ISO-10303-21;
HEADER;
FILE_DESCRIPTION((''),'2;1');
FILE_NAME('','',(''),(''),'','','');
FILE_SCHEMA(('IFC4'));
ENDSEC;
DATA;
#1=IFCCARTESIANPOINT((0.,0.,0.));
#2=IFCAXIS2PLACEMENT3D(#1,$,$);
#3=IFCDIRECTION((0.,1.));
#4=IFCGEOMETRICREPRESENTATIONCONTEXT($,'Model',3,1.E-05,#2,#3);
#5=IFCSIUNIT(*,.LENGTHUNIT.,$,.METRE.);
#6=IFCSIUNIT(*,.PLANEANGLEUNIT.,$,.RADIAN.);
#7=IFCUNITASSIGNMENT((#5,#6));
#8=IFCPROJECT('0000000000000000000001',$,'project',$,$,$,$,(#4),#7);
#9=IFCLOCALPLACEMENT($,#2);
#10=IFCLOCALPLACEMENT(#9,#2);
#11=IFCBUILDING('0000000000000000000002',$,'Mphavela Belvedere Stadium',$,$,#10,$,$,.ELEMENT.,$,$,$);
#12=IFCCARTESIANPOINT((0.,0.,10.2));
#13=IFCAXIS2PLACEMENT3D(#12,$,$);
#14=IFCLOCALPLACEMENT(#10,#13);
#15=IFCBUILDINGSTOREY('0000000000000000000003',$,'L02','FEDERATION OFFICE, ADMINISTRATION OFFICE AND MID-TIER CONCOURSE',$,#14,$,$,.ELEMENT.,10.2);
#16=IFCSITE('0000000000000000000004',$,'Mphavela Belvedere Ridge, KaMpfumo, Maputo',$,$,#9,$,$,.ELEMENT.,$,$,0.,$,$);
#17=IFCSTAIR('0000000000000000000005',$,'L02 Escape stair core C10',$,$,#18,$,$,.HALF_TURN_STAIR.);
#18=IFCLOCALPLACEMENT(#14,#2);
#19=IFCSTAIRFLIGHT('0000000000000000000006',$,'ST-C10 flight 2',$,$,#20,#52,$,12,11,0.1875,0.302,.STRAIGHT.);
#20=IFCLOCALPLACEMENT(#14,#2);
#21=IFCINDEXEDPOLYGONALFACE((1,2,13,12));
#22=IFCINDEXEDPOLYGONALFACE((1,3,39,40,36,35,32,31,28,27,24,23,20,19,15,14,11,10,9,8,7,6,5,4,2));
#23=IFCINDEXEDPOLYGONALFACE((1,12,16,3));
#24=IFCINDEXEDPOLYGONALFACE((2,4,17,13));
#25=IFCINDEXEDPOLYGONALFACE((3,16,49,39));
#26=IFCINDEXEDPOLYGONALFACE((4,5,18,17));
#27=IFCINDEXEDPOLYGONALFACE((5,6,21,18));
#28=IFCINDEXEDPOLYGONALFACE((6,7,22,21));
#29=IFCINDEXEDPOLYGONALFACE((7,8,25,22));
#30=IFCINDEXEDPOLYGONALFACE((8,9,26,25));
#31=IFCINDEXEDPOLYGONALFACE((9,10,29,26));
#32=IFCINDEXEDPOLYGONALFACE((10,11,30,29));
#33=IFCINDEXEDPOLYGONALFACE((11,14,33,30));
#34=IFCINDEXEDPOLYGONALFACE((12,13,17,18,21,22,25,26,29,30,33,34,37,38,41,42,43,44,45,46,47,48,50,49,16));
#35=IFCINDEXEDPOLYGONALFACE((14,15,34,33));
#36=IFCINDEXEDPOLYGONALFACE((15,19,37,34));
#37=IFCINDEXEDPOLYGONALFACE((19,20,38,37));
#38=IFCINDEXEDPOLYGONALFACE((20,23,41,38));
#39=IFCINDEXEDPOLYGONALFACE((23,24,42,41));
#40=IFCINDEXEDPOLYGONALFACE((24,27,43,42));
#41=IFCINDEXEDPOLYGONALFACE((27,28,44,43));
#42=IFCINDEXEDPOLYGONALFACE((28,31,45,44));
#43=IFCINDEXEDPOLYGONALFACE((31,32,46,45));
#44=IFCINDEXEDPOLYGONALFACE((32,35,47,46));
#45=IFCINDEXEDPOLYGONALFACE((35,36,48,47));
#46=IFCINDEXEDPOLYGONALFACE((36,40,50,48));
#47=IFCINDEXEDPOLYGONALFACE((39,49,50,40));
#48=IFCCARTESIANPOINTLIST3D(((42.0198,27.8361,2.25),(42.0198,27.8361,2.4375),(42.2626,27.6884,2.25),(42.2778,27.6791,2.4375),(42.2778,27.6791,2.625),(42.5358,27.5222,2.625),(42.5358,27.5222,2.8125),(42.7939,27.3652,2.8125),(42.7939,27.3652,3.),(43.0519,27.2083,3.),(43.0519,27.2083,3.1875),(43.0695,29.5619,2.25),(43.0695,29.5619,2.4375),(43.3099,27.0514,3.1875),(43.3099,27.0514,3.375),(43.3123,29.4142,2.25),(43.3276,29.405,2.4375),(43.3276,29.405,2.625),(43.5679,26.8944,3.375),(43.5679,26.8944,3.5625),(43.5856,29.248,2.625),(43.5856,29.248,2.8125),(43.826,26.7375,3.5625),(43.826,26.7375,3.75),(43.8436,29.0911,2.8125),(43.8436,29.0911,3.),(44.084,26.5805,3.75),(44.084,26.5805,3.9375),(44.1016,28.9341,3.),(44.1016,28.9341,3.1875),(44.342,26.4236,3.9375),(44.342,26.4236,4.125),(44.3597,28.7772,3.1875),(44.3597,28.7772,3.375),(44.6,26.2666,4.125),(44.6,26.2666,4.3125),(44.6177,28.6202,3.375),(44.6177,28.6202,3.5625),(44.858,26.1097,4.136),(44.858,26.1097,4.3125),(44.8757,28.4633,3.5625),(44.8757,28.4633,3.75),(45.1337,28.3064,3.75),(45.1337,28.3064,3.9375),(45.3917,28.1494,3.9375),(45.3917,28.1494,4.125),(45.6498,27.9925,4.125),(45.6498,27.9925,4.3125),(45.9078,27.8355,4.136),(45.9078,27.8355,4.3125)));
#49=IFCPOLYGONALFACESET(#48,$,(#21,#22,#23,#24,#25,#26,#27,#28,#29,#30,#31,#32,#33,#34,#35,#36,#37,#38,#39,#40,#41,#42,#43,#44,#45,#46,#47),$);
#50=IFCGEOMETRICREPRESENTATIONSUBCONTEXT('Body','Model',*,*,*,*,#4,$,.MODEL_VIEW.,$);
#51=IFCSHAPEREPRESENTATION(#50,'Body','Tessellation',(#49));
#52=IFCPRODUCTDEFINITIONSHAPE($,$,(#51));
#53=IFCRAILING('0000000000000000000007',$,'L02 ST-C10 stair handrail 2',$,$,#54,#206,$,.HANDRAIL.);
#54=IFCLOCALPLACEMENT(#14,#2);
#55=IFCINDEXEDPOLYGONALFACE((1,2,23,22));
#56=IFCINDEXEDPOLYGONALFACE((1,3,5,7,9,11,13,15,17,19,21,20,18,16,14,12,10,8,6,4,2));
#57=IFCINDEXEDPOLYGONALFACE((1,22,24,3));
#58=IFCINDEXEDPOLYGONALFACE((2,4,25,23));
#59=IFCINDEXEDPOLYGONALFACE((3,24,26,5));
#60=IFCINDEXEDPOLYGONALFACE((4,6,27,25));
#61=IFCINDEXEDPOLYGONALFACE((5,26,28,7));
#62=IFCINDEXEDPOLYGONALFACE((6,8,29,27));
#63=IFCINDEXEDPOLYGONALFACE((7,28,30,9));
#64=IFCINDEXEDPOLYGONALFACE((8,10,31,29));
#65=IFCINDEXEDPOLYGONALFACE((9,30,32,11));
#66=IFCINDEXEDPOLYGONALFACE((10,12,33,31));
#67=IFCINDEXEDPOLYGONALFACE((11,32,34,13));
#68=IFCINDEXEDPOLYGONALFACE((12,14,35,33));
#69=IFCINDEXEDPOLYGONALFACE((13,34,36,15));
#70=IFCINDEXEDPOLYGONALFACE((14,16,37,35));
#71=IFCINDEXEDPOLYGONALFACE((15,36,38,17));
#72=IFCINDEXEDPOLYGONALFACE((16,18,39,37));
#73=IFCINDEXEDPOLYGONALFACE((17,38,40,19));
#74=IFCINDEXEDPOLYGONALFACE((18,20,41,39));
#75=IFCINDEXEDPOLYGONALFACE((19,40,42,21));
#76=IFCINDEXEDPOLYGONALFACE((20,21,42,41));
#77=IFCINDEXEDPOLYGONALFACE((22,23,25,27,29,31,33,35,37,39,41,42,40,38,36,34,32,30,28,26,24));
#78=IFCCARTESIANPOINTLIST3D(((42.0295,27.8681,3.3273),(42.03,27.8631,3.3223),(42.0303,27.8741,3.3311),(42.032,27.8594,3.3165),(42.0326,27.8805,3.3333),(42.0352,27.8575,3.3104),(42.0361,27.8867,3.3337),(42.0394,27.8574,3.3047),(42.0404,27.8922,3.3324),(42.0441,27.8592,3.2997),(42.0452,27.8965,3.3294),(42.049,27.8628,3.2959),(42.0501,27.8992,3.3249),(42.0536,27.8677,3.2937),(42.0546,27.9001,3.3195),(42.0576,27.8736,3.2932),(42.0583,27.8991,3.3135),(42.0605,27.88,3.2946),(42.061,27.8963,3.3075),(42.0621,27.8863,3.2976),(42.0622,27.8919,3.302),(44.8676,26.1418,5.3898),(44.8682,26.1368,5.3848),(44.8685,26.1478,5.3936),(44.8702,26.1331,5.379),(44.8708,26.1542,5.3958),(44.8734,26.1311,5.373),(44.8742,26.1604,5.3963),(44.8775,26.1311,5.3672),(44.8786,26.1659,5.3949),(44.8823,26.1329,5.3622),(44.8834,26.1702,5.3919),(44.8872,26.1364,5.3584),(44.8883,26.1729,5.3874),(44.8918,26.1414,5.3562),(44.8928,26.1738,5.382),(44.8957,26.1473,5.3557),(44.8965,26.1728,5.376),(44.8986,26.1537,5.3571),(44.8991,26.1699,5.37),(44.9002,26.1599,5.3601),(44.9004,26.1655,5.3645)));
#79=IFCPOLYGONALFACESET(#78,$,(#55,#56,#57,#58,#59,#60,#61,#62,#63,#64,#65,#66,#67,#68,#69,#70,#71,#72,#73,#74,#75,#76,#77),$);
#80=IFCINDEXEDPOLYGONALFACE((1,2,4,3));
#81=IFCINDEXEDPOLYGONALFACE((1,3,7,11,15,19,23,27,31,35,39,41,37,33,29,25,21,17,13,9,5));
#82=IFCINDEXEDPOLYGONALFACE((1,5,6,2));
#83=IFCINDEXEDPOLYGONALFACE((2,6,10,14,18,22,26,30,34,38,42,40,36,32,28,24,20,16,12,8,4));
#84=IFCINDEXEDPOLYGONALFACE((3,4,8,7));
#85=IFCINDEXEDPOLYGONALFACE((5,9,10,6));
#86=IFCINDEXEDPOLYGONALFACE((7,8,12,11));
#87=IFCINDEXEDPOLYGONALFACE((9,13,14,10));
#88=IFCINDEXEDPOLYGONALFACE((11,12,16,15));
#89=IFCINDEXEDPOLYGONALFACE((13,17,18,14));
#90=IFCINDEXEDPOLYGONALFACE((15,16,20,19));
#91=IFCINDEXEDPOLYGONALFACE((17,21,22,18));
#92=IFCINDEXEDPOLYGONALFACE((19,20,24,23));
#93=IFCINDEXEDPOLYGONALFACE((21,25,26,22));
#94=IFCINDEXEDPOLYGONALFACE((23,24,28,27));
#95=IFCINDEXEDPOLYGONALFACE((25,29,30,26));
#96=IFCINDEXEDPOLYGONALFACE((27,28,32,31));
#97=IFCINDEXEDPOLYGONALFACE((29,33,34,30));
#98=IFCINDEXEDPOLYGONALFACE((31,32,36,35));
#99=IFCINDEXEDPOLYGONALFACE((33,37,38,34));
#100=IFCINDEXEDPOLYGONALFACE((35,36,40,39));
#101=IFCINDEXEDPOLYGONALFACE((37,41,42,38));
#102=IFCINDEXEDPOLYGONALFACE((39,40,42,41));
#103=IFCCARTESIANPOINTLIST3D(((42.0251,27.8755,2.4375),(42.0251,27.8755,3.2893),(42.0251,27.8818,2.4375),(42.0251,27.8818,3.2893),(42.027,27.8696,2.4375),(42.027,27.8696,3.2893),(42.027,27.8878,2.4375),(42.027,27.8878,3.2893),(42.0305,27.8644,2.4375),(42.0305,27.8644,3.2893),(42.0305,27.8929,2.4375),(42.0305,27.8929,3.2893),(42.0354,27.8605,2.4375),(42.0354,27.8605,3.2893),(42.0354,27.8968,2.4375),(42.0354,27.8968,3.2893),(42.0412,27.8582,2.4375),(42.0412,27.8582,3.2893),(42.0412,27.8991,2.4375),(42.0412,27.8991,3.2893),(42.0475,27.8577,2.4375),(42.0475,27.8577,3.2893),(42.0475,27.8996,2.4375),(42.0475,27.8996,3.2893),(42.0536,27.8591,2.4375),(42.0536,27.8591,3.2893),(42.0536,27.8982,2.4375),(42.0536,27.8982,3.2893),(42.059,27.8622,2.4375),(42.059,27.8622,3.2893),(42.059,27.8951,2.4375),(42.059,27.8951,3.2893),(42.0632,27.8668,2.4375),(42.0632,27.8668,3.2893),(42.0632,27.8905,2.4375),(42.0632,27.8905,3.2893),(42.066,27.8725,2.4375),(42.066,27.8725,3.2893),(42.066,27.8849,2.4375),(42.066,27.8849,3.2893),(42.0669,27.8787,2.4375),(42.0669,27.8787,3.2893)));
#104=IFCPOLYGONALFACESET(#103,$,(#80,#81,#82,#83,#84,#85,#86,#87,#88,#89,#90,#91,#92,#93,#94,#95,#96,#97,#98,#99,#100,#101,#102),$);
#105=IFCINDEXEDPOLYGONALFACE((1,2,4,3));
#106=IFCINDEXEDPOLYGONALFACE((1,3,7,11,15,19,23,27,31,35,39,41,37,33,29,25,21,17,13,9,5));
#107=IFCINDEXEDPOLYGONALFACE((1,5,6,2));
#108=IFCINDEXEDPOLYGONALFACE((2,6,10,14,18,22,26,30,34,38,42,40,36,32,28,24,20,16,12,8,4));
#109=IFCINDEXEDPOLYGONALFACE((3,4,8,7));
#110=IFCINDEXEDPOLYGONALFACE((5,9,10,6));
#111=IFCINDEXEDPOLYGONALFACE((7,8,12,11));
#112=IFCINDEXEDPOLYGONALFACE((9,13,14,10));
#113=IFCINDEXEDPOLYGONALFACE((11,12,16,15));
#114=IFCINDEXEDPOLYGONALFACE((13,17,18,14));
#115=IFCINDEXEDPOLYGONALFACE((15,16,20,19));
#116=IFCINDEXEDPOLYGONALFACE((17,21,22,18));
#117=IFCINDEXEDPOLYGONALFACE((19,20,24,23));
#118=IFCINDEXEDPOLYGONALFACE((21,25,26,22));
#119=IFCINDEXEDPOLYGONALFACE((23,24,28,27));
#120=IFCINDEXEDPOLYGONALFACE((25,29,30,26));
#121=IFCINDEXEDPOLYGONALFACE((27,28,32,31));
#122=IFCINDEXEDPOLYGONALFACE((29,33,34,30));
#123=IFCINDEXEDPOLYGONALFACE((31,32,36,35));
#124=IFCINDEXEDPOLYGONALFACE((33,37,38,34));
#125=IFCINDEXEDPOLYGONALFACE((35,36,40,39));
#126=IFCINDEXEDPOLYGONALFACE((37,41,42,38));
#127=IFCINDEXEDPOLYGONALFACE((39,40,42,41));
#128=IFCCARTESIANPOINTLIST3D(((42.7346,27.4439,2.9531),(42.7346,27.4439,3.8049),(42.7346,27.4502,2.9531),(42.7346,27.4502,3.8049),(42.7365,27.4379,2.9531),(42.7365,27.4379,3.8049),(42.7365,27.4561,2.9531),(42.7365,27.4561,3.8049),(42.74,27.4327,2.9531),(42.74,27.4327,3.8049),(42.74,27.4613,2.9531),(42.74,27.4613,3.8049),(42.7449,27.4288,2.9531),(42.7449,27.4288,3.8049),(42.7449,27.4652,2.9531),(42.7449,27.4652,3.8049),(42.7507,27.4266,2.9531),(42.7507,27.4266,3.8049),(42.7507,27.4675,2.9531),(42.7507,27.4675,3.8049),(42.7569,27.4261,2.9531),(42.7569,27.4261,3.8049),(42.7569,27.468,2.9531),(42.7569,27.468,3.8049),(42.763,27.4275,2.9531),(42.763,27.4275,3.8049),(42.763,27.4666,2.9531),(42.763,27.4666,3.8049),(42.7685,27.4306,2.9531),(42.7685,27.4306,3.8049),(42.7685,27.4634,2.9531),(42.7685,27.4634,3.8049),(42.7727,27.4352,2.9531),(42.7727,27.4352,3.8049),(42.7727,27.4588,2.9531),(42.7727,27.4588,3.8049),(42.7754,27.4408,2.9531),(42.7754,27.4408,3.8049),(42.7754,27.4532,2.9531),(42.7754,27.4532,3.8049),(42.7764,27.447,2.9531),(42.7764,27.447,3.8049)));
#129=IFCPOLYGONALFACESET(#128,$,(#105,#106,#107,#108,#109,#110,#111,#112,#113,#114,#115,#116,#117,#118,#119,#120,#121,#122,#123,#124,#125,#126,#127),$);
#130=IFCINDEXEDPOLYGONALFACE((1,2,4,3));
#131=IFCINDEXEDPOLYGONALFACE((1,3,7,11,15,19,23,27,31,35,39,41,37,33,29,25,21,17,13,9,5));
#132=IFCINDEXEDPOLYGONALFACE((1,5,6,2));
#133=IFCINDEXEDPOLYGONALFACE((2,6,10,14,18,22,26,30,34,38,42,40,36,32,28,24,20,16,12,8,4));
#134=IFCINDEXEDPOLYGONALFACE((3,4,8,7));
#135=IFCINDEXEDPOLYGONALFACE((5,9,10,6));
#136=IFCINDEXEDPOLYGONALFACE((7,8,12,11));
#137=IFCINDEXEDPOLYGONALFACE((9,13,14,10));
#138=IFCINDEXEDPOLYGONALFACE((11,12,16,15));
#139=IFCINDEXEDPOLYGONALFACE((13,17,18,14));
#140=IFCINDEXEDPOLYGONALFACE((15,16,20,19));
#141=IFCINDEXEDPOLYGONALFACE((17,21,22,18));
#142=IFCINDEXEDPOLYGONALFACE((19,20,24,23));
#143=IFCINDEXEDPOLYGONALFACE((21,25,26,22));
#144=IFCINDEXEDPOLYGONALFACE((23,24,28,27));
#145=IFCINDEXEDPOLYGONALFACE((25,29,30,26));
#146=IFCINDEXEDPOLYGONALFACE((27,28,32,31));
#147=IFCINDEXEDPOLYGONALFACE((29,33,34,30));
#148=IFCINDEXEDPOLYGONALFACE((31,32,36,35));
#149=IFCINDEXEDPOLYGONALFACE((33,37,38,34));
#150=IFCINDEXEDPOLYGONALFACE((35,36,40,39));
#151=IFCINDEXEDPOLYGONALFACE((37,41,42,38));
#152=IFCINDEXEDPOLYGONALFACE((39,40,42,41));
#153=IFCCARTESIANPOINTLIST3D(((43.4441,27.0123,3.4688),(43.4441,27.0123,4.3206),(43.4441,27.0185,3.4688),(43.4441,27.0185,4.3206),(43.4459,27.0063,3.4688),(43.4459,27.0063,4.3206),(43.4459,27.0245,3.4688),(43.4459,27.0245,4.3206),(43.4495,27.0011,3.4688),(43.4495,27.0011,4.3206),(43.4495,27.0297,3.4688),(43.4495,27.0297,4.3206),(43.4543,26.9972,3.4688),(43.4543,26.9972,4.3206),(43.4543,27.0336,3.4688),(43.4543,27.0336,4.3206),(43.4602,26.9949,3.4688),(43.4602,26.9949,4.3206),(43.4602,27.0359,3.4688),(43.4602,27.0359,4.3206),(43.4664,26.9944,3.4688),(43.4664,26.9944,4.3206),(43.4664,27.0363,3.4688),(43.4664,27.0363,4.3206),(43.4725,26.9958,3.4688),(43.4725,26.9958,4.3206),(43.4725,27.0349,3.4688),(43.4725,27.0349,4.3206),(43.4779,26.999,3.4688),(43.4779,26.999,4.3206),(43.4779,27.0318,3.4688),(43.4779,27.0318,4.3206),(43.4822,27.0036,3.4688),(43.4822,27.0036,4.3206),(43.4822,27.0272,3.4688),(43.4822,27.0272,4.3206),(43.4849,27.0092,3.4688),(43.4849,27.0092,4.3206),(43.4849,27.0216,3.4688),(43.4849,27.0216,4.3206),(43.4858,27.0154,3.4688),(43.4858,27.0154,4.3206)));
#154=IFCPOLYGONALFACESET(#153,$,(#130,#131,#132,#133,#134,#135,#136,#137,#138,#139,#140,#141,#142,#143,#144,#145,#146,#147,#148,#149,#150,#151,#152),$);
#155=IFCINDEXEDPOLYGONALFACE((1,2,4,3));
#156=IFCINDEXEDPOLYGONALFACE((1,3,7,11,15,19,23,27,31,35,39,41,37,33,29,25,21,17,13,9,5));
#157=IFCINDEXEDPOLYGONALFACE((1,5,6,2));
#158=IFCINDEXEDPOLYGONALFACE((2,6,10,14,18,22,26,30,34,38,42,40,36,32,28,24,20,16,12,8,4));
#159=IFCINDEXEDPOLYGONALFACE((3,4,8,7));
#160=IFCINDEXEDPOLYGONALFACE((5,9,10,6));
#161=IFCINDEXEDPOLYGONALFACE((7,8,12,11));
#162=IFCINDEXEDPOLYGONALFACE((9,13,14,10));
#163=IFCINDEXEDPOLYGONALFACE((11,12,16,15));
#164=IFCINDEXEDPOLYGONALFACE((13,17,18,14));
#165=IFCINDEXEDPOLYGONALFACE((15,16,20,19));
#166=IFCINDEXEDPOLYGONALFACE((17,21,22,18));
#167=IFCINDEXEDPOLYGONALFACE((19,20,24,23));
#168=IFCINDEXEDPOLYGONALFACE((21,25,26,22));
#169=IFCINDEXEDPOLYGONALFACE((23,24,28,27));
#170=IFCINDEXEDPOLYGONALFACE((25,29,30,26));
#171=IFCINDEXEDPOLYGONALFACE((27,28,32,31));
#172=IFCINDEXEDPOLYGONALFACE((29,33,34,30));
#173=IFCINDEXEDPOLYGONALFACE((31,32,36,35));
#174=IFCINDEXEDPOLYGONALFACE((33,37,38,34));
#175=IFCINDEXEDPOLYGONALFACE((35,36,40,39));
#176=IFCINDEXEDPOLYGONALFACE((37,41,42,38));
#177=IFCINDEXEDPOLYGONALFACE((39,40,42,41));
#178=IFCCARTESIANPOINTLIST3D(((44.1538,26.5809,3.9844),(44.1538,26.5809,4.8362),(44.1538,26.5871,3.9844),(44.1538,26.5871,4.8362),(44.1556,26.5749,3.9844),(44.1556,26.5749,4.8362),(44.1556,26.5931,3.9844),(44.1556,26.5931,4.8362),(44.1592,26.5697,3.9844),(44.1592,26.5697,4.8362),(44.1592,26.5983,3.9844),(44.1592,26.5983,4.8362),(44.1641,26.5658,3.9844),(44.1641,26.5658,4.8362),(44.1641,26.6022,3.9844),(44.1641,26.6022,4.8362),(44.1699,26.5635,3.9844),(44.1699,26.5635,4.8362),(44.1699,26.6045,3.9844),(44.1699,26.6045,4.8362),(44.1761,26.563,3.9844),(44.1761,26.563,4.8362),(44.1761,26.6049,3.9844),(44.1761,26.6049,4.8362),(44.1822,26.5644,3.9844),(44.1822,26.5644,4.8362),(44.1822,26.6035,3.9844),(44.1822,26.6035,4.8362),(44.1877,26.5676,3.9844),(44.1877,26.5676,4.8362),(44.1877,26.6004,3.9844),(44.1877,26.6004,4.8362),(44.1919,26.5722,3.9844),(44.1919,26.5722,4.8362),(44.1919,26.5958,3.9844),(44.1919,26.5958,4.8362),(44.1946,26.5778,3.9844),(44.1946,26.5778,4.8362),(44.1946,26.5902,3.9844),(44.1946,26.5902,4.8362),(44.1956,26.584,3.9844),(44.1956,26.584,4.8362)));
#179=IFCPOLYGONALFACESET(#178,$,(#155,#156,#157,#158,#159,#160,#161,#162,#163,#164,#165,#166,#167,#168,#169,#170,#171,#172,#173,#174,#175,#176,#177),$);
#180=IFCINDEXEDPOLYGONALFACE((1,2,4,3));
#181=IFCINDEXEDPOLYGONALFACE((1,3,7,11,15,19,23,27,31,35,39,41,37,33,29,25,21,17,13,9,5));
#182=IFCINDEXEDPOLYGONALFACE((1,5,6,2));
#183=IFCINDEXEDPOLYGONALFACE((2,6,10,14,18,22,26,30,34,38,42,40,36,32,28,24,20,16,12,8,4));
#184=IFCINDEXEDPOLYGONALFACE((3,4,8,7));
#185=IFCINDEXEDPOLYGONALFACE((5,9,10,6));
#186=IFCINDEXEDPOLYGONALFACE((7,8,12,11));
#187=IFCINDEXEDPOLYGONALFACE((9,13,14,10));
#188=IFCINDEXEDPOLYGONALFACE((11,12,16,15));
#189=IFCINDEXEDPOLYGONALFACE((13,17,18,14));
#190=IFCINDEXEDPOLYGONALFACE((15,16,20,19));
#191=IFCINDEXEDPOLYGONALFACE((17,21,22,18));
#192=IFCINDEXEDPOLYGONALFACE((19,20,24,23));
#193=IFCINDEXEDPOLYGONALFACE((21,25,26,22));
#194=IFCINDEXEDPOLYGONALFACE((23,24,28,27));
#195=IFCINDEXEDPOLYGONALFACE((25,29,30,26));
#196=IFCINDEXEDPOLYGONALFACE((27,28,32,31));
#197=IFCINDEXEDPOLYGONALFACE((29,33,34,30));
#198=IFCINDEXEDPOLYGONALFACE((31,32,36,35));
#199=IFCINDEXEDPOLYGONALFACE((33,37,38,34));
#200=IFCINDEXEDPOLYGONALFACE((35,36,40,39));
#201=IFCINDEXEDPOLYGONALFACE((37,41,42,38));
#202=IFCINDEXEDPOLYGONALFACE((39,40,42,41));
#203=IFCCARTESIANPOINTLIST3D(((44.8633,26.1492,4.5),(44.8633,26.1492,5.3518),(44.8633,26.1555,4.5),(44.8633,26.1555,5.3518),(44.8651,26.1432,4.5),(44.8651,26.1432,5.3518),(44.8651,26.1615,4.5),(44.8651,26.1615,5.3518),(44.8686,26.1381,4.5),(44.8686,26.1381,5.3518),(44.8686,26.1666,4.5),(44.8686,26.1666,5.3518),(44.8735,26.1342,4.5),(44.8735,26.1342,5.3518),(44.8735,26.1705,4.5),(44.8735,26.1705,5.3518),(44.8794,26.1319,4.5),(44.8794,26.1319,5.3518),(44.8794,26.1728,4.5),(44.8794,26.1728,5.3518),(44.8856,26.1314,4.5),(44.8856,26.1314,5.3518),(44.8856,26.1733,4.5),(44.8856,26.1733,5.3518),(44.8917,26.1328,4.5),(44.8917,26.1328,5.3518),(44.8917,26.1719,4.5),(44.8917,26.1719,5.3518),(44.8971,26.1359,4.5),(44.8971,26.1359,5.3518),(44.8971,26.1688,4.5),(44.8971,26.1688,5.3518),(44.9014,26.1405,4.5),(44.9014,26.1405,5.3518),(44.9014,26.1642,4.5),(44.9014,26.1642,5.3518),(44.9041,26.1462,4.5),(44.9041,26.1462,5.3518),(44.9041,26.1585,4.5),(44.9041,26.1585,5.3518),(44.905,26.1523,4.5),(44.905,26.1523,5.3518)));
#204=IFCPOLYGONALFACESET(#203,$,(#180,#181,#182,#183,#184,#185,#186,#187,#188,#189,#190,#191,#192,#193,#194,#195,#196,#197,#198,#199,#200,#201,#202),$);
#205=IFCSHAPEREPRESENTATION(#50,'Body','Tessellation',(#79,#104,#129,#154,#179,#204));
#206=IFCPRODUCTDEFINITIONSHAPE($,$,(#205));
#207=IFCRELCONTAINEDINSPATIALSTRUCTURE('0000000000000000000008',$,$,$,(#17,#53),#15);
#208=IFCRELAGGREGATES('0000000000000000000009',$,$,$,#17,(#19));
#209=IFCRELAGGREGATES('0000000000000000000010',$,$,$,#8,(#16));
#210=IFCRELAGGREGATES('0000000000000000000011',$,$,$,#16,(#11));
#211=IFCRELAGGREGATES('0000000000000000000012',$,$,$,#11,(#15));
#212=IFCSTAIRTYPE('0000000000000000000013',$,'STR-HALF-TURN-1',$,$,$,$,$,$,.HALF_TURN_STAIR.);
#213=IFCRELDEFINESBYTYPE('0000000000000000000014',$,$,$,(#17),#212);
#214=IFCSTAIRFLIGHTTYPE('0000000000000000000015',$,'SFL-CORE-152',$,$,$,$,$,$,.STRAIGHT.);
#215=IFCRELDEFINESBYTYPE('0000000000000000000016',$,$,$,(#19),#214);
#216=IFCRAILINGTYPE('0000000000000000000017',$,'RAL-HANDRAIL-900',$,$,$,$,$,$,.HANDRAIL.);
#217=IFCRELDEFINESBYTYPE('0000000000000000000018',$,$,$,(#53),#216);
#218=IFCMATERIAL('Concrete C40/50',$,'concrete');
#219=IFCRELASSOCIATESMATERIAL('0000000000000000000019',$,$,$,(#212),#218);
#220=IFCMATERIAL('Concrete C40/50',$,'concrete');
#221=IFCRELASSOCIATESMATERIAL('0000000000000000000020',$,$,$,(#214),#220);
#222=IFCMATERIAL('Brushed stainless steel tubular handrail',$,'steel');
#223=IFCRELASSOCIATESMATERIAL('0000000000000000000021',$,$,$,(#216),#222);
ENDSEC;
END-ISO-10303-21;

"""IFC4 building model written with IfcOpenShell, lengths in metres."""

from ifc_helpers import new_model, si_unit, direction, frame, origin, origin_2d, place, context, subcontext, project, spatial, polyline, circle, outline, extrude, material, type_object, element, aggregate, save


model = new_model("IFC4")

# Units and contexts
model_context = context("Model", 3, precision=1e-05, world=origin(), true_north=direction((0.0, 1.0)))
body_context = subcontext(model_context, "Body", "Model", "MODEL_VIEW")
ifc_project = project(units=[si_unit("LENGTHUNIT", "METRE"), si_unit("PLANEANGLEUNIT", "RADIAN")], contexts=[model_context])

# Site, building, storey
site_placement = place(None, origin())
site = spatial("IfcSite", under=ifc_project, at=site_placement, Name="Mphavela Belvedere Ridge, KaMpfumo, Maputo", CompositionType="ELEMENT", RefElevation=0.0)
building_placement = place(site_placement, origin())
building = spatial("IfcBuilding", under=site, at=building_placement, Name="Mphavela Belvedere Stadium", CompositionType="ELEMENT")
storey_placement = place(building_placement, frame((0.0, 0.0, 10.2)))
storey = spatial("IfcBuildingStorey", under=building, at=storey_placement, Name="L02", Description="FEDERATION OFFICE, ADMINISTRATION OFFICE AND MID-TIER CONCOURSE", CompositionType="ELEMENT", Elevation=10.2)

# Stair, stair flight
ifc_material_1 = material(Name="Concrete C40/50", Category="concrete")
stair_type = type_object("IfcStairType", Name="STR-HALF-TURN-1", PredefinedType="HALF_TURN_STAIR", material=ifc_material_1)
stair_placement = place(storey_placement, origin())
stair = element("IfcStair", 1, at=stair_placement, inside=storey, type_object=stair_type, Name="L02 Escape stair core C10", PredefinedType="HALF_TURN_STAIR")
ifc_material_2 = material(Name="Concrete C40/50", Category="concrete")
stair_flight_type = type_object("IfcStairFlightType", Name="SFL-CORE-152", PredefinedType="STRAIGHT", material=ifc_material_2)
stair_flight_placement = place(storey_placement, frame((42.5447, 28.699, 2.25), z_axis=(0.0, 0.0, 1.0), x_axis=(0.854368, -0.519668, 0.0)))
stair_flight = element("IfcStairFlight", 2, at=stair_flight_placement, type_object=stair_flight_type, Name="ST-C10 flight 2", NumberOfRisers=12, NumberOfTreads=11, PredefinedType="STRAIGHT", RiserHeight=0.1875, TreadLength=0.302, context=body_context, shape_type="SweptSolid", body=[
    extrude(outline(polyline([(0.0, 0.0), (0.0, 0.1875), (0.302, 0.1875), (0.302, 0.375), (0.604, 0.375), (0.604, 0.5625), (0.906, 0.5625), (0.906, 0.75), (1.208, 0.75), (1.208, 0.9375), (1.51, 0.9375), (1.51, 1.125), (1.812, 1.125), (1.812, 1.3125), (2.114, 1.3125), (2.114, 1.5), (2.416, 1.5), (2.416, 1.6875), (2.718, 1.6875), (2.718, 1.875), (3.02, 1.875), (3.02, 2.0625), (3.322, 2.0625), (3.322, 2.25), (3.322, 1.886), (0.2842, 0.0), (0.0, 0.0)])), frame((0.0, 1.01, 0.0), z_axis=(0.0, -1.0, 0.0), x_axis=(1.0, 0.0, 0.0)), (0.0, 0.0, 1.0), 2.02),
])
aggregate(stair, [stair_flight])

# Railing
ifc_material_3 = material(Name="Brushed stainless steel tubular handrail", Category="steel")
railing_type_1 = type_object("IfcRailingType", Name="RAL-HANDRAIL-900", PredefinedType="HANDRAIL", material=ifc_material_3)
railing_1_placement = place(storey_placement, frame((42.0459, 27.8787, 2.4375)))
element("IfcRailing", 3, at=railing_1_placement, inside=storey, type_object=railing_type_1, Name="L02 ST-C10 stair handrail 2", PredefinedType="HANDRAIL", context=body_context, shape_type="SweptSolid", body=[
    extrude(circle(Radius=0.0239, at=origin_2d()), frame((0.0, 0.0, 0.876), z_axis=(0.725842, -0.441499, 0.527477), x_axis=(0.519674, 0.854365, 0.0)), (0.0, 0.0, 1.0), 3.9102),
    extrude(circle(Radius=0.021, at=origin_2d()), origin(), (0.0, 0.0, 1.0), 0.8518),
    extrude(circle(Radius=0.021, at=origin_2d()), frame((0.7095, -0.4316, 0.5156)), (0.0, 0.0, 1.0), 0.8518),
    extrude(circle(Radius=0.021, at=origin_2d()), frame((1.4189, -0.8633, 1.0312)), (0.0, 0.0, 1.0), 0.8518),
    extrude(circle(Radius=0.021, at=origin_2d()), frame((2.1287, -1.2947, 1.5469)), (0.0, 0.0, 1.0), 0.8518),
    extrude(circle(Radius=0.021, at=origin_2d()), frame((2.8381, -1.7263, 2.0625)), (0.0, 0.0, 1.0), 0.8518),
])

save(model, "model.ifc")
